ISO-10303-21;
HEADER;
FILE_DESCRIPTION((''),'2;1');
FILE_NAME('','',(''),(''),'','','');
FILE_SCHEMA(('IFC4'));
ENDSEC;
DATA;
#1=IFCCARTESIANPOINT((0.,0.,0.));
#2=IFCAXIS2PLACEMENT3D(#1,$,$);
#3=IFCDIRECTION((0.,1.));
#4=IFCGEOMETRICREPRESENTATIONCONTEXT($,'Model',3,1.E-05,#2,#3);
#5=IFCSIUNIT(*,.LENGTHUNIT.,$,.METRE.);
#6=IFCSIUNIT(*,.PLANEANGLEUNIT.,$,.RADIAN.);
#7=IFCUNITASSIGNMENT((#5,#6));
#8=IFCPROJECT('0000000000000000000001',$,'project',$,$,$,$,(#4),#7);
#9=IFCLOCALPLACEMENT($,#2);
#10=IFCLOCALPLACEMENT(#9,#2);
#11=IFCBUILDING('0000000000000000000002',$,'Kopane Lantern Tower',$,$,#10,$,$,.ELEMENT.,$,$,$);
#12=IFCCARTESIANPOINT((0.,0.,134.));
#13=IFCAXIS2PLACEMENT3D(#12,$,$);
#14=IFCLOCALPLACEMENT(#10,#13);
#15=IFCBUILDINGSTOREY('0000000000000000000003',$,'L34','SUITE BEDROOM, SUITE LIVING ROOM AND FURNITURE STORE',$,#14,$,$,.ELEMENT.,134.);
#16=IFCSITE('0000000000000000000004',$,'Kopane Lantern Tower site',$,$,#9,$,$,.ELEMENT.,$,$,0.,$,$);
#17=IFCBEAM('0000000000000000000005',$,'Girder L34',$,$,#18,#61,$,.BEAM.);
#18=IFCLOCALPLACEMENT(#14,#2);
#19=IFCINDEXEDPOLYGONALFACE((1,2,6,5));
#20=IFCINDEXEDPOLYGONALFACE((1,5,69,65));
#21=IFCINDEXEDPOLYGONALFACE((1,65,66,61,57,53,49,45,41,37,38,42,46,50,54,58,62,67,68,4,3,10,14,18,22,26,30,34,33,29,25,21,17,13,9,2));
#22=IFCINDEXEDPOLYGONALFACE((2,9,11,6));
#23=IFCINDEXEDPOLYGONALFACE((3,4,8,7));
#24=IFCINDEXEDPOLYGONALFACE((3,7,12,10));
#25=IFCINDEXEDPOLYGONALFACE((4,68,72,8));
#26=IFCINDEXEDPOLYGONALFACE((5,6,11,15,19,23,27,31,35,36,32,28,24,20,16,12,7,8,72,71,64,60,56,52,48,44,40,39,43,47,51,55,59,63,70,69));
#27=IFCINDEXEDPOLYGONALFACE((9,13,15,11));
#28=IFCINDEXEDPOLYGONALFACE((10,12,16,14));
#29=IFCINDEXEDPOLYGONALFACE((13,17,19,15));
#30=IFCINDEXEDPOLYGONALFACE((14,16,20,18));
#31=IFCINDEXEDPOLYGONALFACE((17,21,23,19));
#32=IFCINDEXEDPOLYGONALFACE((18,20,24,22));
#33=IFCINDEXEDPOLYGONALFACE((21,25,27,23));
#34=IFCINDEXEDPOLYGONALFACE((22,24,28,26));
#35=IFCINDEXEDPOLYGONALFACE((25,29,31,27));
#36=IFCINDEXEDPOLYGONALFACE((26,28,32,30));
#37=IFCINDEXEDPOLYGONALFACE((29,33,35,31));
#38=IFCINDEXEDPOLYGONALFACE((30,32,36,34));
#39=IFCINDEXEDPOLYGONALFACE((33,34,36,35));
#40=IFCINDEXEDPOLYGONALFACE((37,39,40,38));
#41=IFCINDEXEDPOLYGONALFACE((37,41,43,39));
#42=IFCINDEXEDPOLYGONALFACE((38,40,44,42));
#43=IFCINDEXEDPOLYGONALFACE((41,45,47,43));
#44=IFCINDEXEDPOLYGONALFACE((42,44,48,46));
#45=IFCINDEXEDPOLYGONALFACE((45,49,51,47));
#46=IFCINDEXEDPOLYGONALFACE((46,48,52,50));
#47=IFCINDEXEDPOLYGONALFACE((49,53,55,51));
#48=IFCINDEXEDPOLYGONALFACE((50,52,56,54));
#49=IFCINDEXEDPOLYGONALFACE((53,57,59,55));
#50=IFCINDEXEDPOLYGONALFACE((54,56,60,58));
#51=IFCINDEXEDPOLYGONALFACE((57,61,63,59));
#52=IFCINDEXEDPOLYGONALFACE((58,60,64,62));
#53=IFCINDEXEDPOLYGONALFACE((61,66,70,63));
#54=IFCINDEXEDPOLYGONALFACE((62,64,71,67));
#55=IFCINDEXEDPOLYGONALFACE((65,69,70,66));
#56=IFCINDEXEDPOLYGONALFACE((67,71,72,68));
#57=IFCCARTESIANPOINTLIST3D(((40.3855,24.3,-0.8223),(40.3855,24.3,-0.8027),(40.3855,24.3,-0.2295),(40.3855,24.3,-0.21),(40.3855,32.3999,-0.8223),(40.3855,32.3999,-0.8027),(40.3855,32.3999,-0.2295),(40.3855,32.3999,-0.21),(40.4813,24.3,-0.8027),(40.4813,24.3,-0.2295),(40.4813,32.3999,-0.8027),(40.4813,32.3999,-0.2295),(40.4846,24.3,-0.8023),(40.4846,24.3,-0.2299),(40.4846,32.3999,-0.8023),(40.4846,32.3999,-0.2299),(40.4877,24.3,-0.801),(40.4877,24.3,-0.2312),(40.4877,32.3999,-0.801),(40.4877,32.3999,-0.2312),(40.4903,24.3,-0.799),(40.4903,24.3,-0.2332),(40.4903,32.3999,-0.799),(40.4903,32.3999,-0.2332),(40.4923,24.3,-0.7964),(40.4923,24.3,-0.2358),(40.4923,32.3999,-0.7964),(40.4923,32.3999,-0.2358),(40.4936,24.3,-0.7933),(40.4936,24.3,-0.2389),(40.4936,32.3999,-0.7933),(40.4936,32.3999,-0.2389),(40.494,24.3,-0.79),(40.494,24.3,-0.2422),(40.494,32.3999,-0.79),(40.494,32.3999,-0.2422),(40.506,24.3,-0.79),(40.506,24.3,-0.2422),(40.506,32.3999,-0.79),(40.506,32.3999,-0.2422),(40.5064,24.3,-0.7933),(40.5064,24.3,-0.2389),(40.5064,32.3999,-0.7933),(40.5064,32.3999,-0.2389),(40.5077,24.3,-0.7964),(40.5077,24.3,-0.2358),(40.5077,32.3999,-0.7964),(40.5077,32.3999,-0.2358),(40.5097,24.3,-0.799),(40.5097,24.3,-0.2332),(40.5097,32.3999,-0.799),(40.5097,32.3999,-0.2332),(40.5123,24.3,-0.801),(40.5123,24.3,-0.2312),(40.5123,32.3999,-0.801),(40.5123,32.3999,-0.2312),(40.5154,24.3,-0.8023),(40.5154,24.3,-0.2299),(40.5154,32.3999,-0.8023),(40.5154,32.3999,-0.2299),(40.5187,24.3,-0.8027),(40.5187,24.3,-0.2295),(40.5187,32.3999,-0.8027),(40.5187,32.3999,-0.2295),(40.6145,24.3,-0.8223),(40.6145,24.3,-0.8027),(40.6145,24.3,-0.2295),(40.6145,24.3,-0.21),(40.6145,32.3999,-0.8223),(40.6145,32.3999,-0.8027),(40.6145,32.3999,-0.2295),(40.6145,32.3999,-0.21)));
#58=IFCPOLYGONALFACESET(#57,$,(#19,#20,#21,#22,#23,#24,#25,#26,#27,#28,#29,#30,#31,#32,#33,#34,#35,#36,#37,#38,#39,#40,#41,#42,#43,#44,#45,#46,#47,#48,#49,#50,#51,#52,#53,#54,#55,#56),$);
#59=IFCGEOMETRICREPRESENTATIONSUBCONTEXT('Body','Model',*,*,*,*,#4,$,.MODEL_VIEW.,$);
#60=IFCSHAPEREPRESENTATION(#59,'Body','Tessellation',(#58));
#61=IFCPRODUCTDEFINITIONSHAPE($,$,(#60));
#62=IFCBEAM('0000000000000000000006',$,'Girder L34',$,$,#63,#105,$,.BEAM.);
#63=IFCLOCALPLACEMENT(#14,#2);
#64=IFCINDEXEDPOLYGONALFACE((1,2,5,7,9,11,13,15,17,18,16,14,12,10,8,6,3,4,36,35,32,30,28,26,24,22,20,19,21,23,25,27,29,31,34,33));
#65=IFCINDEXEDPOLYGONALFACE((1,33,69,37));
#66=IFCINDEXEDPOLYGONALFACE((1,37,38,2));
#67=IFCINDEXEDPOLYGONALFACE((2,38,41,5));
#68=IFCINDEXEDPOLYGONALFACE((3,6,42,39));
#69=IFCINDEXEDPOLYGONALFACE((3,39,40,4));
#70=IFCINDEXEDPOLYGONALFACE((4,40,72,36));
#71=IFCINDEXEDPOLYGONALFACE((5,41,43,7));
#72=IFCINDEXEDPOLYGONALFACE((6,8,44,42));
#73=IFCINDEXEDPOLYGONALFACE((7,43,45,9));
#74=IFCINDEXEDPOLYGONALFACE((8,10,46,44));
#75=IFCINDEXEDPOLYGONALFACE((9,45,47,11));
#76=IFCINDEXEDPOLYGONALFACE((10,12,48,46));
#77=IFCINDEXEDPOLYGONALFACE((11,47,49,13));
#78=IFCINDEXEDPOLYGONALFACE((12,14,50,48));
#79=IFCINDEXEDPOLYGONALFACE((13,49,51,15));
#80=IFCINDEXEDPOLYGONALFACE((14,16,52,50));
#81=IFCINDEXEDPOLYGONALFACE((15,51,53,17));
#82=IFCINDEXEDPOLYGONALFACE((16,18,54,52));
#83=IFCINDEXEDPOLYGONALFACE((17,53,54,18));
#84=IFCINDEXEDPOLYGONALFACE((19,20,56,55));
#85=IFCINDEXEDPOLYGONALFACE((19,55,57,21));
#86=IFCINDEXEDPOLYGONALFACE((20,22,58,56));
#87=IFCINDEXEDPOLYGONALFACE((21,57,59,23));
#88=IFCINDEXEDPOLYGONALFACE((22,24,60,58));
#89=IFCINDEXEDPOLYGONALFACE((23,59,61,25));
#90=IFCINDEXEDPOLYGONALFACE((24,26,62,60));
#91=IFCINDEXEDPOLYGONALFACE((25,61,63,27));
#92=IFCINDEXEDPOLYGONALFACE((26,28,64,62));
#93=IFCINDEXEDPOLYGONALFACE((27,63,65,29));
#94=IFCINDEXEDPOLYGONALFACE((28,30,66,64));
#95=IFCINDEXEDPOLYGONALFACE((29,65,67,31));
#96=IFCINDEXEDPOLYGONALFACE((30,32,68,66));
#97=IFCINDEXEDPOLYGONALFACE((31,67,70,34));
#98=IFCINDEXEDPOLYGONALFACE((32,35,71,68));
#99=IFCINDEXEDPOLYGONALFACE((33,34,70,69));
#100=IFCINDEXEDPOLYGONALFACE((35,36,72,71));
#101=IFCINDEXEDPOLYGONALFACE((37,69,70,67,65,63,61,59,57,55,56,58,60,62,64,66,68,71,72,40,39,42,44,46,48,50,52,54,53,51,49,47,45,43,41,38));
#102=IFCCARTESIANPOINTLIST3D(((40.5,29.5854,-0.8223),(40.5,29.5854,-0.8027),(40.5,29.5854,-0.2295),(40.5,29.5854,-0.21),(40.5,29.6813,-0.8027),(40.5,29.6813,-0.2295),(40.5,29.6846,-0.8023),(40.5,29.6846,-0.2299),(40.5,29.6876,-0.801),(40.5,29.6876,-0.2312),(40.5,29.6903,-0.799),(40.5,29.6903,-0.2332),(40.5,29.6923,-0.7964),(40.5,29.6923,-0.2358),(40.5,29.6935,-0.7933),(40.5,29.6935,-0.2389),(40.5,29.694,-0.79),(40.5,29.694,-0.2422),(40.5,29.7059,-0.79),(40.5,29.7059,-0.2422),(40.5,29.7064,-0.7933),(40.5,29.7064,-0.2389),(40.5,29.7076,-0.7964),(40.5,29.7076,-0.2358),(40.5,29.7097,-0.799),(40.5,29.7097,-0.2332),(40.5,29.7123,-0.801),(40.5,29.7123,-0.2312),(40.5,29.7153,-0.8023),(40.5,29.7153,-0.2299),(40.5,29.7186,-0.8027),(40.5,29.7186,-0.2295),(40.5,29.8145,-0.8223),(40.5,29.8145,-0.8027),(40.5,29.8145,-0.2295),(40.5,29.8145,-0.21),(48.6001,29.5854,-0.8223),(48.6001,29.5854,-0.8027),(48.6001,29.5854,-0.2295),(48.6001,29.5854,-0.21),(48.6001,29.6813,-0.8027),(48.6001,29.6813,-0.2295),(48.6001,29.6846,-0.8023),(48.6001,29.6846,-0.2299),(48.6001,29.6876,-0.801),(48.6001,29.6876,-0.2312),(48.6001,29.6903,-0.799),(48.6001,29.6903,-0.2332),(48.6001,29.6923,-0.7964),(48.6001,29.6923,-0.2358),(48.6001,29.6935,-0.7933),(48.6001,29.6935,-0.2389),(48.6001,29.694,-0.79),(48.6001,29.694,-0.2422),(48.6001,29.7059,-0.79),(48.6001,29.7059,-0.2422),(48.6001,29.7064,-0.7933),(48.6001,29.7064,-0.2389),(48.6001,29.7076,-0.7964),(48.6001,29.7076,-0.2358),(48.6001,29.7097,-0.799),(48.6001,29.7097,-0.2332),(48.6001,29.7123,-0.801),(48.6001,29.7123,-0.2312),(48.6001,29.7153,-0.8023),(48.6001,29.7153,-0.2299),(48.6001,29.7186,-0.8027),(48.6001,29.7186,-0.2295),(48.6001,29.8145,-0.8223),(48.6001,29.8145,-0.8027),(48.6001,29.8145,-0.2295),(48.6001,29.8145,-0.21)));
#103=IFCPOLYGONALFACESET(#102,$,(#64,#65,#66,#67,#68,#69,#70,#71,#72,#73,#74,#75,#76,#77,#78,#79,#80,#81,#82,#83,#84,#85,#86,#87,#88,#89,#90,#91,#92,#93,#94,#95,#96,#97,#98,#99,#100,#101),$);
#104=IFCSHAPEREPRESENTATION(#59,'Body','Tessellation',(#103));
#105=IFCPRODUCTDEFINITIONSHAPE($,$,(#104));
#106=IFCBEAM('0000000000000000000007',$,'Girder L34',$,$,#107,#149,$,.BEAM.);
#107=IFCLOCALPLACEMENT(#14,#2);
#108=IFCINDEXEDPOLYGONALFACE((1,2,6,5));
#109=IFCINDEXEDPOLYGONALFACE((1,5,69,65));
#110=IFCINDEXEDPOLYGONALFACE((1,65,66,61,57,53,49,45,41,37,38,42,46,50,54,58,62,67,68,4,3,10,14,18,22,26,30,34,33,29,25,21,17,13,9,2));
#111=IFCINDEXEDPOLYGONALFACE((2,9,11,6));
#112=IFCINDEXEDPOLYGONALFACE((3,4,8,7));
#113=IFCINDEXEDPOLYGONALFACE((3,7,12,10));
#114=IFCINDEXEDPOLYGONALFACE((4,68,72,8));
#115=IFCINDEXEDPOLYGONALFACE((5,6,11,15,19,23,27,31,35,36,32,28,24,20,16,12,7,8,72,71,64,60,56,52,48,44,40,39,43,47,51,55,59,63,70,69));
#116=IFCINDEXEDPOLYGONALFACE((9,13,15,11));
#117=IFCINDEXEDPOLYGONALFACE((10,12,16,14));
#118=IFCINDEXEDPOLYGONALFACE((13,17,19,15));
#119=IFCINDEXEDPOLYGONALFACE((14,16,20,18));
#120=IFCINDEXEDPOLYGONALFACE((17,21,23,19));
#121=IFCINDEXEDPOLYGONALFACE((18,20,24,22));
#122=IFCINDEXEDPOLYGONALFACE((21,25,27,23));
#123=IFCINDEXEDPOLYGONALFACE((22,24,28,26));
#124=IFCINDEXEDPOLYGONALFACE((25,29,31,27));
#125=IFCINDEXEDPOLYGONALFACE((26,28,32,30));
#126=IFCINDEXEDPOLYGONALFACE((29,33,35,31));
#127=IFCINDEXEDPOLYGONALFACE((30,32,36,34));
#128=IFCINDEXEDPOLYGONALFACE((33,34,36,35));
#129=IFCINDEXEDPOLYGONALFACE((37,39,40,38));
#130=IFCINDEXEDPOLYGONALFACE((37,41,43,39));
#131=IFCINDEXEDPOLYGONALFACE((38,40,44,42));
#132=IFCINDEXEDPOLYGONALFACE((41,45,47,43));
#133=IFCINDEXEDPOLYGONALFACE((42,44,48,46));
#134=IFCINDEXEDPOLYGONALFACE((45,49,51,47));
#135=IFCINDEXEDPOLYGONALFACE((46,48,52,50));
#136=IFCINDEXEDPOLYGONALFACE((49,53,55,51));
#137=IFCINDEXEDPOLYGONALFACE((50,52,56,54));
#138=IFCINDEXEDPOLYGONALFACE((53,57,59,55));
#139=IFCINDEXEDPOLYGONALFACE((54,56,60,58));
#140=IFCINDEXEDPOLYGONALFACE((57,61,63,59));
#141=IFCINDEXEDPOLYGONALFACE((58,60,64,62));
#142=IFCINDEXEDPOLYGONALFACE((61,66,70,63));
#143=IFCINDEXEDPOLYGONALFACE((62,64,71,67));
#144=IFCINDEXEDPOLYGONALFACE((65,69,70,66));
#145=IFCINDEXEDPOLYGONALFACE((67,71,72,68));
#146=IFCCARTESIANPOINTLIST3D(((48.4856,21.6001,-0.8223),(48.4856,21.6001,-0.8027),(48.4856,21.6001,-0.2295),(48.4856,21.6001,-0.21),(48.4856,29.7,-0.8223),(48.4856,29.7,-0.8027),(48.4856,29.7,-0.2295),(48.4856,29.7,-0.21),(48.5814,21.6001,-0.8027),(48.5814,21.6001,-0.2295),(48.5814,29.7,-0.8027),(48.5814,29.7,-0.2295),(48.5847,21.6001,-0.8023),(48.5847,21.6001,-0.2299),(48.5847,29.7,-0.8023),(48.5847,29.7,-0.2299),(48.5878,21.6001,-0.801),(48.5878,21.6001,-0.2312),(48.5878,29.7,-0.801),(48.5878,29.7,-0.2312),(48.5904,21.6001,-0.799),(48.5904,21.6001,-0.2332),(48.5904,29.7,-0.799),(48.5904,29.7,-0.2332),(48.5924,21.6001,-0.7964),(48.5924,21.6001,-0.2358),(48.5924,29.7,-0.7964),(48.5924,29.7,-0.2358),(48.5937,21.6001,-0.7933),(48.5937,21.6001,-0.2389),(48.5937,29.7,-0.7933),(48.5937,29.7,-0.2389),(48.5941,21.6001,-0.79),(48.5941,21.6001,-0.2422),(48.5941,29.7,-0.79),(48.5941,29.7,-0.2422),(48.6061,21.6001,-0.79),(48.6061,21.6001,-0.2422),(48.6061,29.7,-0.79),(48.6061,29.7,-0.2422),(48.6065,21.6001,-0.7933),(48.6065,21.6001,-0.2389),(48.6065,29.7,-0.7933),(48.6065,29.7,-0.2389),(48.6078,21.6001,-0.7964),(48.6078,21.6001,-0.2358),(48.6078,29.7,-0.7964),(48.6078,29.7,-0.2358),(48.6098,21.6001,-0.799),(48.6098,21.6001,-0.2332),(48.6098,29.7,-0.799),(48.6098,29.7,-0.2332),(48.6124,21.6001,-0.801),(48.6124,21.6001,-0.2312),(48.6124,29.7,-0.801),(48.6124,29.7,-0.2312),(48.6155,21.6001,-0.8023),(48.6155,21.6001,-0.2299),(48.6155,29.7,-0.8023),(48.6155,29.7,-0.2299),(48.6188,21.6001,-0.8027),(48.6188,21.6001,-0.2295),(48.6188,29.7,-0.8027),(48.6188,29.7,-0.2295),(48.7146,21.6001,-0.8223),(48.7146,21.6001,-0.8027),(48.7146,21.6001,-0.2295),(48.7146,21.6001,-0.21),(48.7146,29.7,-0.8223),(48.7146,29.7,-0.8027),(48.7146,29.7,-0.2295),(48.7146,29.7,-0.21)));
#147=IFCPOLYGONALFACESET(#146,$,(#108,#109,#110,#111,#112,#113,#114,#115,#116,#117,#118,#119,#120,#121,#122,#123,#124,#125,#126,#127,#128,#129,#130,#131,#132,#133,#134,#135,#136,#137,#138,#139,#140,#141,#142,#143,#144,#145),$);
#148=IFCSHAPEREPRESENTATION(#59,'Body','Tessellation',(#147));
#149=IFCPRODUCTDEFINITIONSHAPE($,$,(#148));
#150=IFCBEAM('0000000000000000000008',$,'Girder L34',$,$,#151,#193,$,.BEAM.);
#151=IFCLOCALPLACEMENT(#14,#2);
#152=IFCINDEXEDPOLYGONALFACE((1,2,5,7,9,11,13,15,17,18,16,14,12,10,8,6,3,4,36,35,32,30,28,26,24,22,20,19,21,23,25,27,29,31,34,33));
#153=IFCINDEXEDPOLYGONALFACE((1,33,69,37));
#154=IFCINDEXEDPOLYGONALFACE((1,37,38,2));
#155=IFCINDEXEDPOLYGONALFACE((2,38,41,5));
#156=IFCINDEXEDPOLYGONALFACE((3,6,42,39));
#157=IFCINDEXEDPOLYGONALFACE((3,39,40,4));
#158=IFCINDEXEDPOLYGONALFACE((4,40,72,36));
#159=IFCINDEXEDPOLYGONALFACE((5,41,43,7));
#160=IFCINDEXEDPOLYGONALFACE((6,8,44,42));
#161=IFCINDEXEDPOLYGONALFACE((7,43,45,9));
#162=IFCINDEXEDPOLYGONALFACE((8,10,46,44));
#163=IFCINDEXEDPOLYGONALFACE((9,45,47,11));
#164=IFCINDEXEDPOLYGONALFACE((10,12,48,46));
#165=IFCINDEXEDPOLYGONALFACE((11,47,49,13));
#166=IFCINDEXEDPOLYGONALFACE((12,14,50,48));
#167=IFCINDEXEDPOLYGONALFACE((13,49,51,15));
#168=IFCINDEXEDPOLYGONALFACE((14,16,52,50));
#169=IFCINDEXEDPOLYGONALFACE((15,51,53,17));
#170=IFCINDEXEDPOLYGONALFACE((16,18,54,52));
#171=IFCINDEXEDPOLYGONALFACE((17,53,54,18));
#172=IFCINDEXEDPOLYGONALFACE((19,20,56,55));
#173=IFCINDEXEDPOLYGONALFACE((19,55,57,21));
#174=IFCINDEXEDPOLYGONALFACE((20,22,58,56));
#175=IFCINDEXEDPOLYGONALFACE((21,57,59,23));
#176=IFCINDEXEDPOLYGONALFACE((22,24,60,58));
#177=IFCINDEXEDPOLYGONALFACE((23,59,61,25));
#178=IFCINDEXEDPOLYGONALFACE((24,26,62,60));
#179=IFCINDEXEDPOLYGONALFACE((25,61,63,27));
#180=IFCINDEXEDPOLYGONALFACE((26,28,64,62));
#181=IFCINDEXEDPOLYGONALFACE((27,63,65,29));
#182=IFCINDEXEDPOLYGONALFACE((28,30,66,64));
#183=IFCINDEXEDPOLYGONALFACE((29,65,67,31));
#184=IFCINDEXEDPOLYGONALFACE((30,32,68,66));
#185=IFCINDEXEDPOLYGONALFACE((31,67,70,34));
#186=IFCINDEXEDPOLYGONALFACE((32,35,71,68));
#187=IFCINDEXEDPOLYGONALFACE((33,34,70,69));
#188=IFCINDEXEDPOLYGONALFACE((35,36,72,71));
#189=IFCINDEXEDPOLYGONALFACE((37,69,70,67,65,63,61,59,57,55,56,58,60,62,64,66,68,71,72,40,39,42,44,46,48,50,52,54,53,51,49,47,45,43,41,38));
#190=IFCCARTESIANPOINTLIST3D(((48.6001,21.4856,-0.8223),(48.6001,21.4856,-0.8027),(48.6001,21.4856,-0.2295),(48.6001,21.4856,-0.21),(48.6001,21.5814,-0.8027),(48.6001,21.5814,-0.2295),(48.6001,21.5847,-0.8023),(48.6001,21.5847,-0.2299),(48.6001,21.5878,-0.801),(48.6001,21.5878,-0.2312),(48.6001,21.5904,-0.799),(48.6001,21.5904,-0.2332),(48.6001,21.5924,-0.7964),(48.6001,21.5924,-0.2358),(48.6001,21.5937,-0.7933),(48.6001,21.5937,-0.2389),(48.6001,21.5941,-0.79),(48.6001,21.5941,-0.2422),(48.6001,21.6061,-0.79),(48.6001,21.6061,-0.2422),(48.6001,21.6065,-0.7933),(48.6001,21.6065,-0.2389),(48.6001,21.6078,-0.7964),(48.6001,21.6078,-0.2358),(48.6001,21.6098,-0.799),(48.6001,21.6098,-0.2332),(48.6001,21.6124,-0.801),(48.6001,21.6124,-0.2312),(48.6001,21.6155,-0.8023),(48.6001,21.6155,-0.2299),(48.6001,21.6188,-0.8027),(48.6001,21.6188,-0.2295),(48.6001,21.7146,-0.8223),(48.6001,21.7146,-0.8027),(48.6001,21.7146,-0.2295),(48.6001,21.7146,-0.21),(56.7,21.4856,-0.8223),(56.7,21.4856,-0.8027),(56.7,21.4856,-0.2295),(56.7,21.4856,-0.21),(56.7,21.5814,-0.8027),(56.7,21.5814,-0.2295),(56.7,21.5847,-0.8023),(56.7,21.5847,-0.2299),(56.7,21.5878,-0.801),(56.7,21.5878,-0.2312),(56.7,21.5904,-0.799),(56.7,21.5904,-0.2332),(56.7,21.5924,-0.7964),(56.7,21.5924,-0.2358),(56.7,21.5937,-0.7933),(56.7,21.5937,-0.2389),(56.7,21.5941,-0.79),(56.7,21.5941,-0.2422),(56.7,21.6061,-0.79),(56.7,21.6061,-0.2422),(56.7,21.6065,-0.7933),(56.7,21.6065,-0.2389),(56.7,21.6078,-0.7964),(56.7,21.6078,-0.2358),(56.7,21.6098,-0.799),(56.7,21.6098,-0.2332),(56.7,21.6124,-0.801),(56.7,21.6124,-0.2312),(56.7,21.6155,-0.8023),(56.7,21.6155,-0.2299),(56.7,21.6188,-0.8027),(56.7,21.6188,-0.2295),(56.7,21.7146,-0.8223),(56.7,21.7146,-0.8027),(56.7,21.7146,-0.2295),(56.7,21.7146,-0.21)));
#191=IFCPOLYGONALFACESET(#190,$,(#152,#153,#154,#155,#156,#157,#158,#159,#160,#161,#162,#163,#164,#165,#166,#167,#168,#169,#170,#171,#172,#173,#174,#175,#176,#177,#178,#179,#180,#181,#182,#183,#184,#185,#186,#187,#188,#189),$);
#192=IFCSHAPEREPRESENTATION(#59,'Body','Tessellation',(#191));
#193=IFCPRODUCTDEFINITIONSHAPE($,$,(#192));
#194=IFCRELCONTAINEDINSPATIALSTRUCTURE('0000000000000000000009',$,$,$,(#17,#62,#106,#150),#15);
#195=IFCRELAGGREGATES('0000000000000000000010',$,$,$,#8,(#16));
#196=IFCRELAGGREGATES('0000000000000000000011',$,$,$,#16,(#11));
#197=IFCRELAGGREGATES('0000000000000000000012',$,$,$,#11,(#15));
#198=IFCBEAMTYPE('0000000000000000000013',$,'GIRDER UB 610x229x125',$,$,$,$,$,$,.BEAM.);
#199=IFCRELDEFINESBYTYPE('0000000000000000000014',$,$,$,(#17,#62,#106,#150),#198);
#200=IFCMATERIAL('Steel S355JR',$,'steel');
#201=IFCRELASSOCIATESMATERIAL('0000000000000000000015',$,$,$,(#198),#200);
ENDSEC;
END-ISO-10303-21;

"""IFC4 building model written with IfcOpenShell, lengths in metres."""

from ifc_helpers import new_model, si_unit, direction, frame, origin, origin_2d, place, context, subcontext, project, spatial, i_section, extrude, material, material_profile, profile_set, type_object, element, save


model = new_model("IFC4")

# Units and contexts
model_context = context("Model", 3, precision=1e-05, world=origin(), true_north=direction((0.0, 1.0)))
body_context = subcontext(model_context, "Body", "Model", "MODEL_VIEW")
ifc_project = project(units=[si_unit("LENGTHUNIT", "METRE"), si_unit("PLANEANGLEUNIT", "RADIAN")], contexts=[model_context])

# Site, building, storey
site_placement = place(None, origin())
site = spatial("IfcSite", under=ifc_project, at=site_placement, Name="Kopane Lantern Tower site", CompositionType="ELEMENT", RefElevation=0.0)
building_placement = place(site_placement, origin())
building = spatial("IfcBuilding", under=site, at=building_placement, Name="Kopane Lantern Tower", CompositionType="ELEMENT")
storey_placement = place(building_placement, frame((0.0, 0.0, 134.0)))
storey = spatial("IfcBuildingStorey", under=building, at=storey_placement, Name="L34", Description="SUITE BEDROOM, SUITE LIVING ROOM AND FURNITURE STORE", CompositionType="ELEMENT", Elevation=134.0)

# Beams
ifc_material_1 = material(Name="Steel S355JR", Category="steel")
ifc_material_profile_1 = material_profile(ifc_material_1, i_section(OverallWidth=0.229, OverallDepth=0.6123, WebThickness=0.012, FlangeThickness=0.0195, FilletRadius=0.0127, at=origin_2d()), Name="UB 610x229x125")
ifc_profile_set_1 = profile_set([ifc_material_profile_1], Name="Steel S355JR")
beam_type_1 = type_object("IfcBeamType", Name="GIRDER UB 610x229x125", PredefinedType="BEAM", material=ifc_profile_set_1)
beam_1_placement = place(storey_placement, frame((40.5, 24.3, -0.5161), z_axis=(0.0, 1.0, 0.0), x_axis=(-1.0, 0.0, 0.0)))
element("IfcBeam", 1, at=beam_1_placement, inside=storey, type_object=beam_type_1, Name="Girder L34", PredefinedType="BEAM", context=body_context, shape_type="SweptSolid", body=[
    extrude(i_section(OverallWidth=0.229, OverallDepth=0.6123, WebThickness=0.012, FlangeThickness=0.0195, FilletRadius=0.0127, at=origin_2d()), origin(), (0.0, 0.0, 1.0), 8.0999),
])
beam_2_placement = place(storey_placement, frame((40.5, 29.7, -0.5161), z_axis=(1.0, 0.0, 0.0), x_axis=(0.0, 1.0, 0.0)))
element("IfcBeam", 2, at=beam_2_placement, inside=storey, type_object=beam_type_1, Name="Girder L34", PredefinedType="BEAM", context=body_context, shape_type="SweptSolid", body=[
    extrude(i_section(OverallWidth=0.229, OverallDepth=0.6123, WebThickness=0.012, FlangeThickness=0.0195, FilletRadius=0.0127, at=origin_2d()), origin(), (0.0, 0.0, 1.0), 8.1001),
])
for number, where, z_axis, x_axis, name in (
    (3, (48.6001, 21.6001, -0.5161), (0.0, 1.0, 0.0), (-1.0, 0.0, 0.0), "Girder L34"),
    (4, (48.6001, 21.6001, -0.5161), (1.0, 0.0, 0.0), (0.0, 1.0, 0.0), "Girder L34"),
):
    element("IfcBeam", number, at=place(storey_placement, frame(where, z_axis=z_axis, x_axis=x_axis)), inside=storey, type_object=beam_type_1, Name=name, PredefinedType="BEAM", context=body_context, shape_type="SweptSolid", body=[
        extrude(i_section(OverallWidth=0.229, OverallDepth=0.6123, WebThickness=0.012, FlangeThickness=0.0195, FilletRadius=0.0127, at=origin_2d()), origin(), (0.0, 0.0, 1.0), 8.0999),
    ])

save(model, "model.ifc")
